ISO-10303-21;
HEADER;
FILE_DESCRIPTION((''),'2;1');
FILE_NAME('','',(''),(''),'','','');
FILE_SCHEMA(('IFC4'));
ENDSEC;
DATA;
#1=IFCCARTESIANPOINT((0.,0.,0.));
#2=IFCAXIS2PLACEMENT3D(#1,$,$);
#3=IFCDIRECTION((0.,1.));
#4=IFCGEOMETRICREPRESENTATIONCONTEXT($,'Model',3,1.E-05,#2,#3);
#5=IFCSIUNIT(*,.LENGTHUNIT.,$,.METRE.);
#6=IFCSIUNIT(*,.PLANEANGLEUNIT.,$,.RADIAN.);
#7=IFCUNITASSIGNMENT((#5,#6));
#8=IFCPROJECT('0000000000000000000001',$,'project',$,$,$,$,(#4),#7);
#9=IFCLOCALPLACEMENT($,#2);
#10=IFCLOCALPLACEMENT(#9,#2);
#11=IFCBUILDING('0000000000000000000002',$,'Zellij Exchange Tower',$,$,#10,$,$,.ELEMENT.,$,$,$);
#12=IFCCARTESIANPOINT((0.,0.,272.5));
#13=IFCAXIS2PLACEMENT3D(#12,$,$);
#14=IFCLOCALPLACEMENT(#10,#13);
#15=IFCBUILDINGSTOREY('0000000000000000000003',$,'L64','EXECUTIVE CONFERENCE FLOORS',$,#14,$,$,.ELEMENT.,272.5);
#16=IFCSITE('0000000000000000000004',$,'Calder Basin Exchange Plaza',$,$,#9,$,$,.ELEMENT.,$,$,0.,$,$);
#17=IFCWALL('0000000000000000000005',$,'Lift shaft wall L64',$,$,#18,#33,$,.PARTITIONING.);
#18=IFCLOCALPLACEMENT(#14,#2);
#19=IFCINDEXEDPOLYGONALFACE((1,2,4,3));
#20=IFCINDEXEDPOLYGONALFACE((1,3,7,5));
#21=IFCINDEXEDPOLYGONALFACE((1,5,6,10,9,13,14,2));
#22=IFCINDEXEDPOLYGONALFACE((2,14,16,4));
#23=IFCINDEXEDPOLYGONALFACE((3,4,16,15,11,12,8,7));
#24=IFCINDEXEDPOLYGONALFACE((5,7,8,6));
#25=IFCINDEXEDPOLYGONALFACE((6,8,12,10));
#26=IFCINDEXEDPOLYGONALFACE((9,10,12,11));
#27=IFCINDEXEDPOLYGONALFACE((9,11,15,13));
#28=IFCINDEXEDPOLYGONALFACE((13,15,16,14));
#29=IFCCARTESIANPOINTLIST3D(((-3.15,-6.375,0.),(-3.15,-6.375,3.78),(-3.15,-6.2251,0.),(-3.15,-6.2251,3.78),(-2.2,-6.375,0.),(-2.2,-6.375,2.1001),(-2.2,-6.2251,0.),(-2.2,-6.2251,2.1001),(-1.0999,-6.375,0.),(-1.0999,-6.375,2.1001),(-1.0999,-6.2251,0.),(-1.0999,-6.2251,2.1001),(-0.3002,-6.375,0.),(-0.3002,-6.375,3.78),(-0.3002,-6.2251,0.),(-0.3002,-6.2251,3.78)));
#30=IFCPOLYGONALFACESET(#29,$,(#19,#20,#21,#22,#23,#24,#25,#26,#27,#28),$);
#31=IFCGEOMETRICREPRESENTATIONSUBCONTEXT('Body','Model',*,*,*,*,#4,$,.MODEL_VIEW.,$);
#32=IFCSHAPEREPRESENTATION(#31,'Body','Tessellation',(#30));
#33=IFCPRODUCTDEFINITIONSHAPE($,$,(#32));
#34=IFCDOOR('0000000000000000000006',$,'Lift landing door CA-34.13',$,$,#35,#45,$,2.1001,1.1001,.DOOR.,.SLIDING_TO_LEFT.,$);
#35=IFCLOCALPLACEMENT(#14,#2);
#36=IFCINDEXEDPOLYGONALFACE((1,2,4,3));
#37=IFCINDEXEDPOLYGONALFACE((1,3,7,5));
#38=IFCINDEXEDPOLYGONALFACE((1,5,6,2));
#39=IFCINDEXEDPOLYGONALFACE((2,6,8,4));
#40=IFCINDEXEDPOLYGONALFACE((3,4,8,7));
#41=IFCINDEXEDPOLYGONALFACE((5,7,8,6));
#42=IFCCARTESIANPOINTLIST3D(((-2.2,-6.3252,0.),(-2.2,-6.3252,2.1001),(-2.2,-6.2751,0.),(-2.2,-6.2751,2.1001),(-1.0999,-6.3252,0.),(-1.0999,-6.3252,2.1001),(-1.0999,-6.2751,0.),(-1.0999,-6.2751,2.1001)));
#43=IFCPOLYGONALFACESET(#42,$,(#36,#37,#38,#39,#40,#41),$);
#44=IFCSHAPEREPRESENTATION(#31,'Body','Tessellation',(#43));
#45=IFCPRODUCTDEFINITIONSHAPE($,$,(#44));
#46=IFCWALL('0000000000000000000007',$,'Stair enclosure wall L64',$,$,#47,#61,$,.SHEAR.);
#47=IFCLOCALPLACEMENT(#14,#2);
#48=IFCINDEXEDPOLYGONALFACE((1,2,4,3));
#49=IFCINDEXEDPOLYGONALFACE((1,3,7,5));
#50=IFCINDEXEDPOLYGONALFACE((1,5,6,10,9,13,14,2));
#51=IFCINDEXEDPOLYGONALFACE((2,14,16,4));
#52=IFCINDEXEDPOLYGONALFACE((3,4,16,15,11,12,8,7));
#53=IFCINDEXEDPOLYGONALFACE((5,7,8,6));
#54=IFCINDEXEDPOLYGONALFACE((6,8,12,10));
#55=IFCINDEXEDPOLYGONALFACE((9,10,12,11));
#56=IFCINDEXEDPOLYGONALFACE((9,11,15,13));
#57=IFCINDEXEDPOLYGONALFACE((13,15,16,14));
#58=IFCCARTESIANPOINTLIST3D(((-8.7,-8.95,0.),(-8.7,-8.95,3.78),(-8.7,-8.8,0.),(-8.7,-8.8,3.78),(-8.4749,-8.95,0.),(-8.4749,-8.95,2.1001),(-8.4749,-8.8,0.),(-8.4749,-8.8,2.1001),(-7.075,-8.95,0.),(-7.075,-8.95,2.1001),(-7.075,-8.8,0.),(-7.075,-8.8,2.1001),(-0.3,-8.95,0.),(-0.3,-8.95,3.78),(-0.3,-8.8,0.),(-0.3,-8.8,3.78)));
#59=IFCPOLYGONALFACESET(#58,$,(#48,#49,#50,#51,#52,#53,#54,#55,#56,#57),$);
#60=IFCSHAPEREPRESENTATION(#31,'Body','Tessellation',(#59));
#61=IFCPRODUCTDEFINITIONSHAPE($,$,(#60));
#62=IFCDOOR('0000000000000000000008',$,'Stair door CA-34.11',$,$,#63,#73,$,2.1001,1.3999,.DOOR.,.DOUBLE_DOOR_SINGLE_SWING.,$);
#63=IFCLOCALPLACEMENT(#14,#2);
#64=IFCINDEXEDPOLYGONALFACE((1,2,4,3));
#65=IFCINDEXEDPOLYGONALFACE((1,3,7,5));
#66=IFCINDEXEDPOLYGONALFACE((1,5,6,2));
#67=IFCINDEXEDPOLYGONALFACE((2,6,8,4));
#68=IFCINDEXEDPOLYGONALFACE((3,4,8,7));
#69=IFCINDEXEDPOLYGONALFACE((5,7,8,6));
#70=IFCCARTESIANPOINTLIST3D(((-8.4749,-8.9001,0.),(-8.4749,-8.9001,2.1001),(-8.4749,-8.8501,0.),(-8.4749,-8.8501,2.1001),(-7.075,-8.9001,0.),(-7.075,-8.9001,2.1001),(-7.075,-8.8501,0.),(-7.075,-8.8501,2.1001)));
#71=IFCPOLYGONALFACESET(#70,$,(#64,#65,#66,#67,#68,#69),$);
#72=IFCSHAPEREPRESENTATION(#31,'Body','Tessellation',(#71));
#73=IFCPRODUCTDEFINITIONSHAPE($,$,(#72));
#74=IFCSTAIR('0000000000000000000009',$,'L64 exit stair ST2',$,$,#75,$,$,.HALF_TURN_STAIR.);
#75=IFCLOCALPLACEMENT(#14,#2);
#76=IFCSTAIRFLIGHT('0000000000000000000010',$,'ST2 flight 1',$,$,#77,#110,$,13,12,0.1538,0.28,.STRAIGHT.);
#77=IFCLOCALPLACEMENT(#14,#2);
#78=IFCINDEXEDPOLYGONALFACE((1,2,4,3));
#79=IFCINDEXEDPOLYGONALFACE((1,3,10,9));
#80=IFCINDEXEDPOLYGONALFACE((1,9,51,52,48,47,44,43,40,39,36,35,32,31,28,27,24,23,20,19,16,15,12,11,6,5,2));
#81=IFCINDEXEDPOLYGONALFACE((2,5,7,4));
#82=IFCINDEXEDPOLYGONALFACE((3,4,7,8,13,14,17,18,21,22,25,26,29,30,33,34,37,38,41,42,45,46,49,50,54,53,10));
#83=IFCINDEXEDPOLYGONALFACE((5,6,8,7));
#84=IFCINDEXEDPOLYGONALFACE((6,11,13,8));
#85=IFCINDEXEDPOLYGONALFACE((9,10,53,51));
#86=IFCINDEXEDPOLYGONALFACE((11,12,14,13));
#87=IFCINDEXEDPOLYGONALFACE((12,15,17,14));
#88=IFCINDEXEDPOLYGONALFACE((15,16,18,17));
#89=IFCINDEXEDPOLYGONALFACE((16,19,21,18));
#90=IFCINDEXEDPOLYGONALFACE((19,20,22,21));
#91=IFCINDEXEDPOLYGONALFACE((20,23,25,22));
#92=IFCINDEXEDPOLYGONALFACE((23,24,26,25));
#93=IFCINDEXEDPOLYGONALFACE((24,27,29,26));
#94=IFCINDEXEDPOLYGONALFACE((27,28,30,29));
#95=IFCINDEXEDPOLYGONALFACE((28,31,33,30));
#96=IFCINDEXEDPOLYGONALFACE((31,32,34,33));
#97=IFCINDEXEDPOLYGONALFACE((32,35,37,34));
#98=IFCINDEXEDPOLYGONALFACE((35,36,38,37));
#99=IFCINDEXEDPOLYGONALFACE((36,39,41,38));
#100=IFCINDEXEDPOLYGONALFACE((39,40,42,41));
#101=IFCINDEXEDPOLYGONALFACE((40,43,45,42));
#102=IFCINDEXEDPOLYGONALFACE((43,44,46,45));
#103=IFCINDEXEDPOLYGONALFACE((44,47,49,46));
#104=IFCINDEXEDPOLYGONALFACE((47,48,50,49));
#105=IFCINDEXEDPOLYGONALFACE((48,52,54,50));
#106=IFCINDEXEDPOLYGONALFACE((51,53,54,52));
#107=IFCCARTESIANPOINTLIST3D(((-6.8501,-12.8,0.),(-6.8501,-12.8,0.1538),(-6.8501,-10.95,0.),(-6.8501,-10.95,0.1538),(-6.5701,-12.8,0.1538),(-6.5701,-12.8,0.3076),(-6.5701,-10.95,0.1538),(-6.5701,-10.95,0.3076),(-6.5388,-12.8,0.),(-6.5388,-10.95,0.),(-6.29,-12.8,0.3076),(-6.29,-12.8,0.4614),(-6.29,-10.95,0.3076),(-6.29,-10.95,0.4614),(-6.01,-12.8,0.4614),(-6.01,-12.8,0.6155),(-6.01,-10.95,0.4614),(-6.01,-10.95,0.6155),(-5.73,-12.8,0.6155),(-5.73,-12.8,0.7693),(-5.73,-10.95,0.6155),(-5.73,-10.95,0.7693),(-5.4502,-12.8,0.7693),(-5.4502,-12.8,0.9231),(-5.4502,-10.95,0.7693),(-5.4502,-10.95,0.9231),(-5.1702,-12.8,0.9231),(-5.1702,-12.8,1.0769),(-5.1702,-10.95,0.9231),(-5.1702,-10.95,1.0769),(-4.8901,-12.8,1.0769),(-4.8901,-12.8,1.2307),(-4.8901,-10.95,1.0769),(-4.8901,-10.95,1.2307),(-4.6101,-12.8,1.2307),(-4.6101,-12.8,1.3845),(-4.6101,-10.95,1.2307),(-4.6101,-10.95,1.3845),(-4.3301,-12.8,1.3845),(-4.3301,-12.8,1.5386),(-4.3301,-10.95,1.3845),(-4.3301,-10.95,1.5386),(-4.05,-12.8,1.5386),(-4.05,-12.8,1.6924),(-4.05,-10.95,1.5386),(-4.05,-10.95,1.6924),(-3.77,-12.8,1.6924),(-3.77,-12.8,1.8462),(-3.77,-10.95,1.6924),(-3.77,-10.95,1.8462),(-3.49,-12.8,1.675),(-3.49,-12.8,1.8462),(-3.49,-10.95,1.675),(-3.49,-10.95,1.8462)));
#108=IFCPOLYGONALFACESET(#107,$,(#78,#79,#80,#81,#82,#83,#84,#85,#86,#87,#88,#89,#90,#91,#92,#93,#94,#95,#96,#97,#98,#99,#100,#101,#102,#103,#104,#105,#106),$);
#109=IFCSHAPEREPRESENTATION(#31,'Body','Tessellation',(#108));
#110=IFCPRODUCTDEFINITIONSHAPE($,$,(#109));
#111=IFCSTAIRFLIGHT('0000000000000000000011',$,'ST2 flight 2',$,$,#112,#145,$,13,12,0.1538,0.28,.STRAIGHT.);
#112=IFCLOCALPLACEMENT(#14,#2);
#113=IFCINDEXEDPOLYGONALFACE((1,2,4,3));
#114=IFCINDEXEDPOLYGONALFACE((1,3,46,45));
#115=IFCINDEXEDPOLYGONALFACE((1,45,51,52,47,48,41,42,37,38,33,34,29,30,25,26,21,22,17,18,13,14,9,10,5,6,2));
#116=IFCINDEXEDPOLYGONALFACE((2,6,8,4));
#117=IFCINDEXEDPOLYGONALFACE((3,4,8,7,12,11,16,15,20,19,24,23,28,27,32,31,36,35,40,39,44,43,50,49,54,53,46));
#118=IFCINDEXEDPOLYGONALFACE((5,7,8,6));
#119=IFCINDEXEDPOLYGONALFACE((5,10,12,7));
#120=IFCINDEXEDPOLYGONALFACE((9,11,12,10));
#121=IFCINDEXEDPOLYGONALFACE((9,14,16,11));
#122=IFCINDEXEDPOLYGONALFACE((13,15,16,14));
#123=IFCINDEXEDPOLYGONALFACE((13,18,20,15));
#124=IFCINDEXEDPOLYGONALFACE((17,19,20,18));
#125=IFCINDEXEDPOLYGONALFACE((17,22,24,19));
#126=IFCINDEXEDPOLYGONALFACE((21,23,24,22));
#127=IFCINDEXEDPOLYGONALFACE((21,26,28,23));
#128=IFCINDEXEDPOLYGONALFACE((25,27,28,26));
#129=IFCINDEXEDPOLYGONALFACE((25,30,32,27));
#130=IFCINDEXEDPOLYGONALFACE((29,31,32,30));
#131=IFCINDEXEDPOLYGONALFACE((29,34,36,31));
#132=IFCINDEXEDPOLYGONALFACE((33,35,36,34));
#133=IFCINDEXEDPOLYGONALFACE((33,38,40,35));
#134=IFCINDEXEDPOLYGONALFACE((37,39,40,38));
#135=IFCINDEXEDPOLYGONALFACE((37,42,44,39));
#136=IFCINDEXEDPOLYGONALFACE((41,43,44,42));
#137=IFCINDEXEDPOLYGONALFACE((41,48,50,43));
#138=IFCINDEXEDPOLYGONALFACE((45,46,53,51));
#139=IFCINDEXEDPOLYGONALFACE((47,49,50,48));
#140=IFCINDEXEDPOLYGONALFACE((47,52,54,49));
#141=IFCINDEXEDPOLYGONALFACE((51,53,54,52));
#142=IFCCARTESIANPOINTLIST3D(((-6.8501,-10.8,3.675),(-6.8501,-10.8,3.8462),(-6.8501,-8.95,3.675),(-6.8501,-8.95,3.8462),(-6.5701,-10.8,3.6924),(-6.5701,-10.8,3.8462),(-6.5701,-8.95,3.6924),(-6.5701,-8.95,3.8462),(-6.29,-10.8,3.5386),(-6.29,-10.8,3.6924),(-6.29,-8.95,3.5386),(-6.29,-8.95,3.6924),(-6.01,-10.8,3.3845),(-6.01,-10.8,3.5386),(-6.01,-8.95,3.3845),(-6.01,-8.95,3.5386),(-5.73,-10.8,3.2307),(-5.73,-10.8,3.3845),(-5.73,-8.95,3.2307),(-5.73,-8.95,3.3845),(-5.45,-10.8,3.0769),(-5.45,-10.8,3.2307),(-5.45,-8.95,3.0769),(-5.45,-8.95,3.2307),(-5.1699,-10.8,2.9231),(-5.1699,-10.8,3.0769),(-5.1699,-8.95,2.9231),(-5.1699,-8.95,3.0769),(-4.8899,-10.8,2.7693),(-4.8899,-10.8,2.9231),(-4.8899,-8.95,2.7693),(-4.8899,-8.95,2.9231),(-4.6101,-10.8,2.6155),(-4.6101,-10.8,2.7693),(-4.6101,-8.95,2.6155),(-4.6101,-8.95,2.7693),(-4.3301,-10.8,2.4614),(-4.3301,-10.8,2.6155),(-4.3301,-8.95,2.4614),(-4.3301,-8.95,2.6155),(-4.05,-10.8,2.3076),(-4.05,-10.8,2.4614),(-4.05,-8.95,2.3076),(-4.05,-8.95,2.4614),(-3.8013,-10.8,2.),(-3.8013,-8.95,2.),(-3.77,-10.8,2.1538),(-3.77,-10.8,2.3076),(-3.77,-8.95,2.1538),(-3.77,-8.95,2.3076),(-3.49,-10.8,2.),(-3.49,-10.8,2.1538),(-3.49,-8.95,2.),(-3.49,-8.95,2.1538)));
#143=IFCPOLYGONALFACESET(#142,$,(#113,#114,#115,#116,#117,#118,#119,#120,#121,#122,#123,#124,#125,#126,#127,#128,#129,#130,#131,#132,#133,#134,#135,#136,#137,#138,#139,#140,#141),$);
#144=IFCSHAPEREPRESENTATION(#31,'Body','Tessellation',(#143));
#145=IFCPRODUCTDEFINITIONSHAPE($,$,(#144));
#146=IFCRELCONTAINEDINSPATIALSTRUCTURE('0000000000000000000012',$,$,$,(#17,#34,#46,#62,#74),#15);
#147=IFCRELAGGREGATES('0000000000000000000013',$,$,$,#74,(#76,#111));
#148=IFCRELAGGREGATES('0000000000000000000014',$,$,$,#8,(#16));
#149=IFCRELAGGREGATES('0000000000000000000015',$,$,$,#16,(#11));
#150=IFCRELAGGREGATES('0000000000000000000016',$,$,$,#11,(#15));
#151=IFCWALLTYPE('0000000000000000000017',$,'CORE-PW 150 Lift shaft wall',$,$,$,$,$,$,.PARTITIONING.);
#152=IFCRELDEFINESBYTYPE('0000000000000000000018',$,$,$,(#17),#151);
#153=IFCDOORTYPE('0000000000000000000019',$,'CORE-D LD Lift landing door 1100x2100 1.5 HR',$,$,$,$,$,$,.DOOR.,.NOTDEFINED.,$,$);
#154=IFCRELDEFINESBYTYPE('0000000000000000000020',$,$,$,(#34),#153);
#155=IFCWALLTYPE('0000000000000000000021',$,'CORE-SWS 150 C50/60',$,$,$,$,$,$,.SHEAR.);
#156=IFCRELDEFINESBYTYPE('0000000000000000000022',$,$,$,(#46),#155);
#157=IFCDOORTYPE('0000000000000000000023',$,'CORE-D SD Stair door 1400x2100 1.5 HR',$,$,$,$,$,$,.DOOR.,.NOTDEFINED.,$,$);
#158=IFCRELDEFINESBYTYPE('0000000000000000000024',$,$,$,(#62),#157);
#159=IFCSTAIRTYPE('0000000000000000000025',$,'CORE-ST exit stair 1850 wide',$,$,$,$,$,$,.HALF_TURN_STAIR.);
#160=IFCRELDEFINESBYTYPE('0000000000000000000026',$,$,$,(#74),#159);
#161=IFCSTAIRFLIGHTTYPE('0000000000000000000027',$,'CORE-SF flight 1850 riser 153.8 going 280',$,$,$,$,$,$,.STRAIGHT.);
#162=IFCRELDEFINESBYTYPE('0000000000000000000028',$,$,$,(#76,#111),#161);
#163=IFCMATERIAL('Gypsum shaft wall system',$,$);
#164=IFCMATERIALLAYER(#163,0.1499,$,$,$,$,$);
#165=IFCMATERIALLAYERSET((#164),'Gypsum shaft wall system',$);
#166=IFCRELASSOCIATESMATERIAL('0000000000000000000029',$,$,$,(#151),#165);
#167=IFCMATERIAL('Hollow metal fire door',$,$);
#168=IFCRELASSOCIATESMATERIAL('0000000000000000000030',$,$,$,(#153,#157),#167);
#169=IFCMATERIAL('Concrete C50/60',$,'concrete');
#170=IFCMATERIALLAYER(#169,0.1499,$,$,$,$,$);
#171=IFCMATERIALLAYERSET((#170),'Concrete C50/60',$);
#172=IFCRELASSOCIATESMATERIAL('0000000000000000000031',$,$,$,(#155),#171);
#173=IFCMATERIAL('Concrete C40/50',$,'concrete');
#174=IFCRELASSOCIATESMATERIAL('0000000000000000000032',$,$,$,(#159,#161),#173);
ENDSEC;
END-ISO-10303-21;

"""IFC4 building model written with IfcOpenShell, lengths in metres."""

from ifc_helpers import new_model, si_unit, direction, frame, frame_2d, origin, place, context, subcontext, project, spatial, polyline, rectangle, outline, extrude, material, layer, layer_set, type_object, element, fill, aggregate, save


model = new_model("IFC4")

# Units and contexts
model_context = context("Model", 3, precision=1e-05, world=origin(), true_north=direction((0.0, 1.0)))
body_context = subcontext(model_context, "Body", "Model", "MODEL_VIEW")
ifc_project = project(units=[si_unit("LENGTHUNIT", "METRE"), si_unit("PLANEANGLEUNIT", "RADIAN")], contexts=[model_context])

# Site, building, storey
site_placement = place(None, origin())
site = spatial("IfcSite", under=ifc_project, at=site_placement, Name="Calder Basin Exchange Plaza", CompositionType="ELEMENT", RefElevation=0.0)
building_placement = place(site_placement, origin())
building = spatial("IfcBuilding", under=site, at=building_placement, Name="Zellij Exchange Tower", CompositionType="ELEMENT")
storey_placement = place(building_placement, frame((0.0, 0.0, 272.5)))
storey = spatial("IfcBuildingStorey", under=building, at=storey_placement, Name="L64", Description="EXECUTIVE CONFERENCE FLOORS", CompositionType="ELEMENT", Elevation=272.5)

# Shared definitions
ifc_material_1 = material(Name="Concrete C40/50", Category="concrete")

# Shared definitions
ifc_material_2 = material(Name="Concrete C50/60", Category="concrete")

# Shared definitions
ifc_material_3 = material(Name="Gypsum shaft wall system")
ifc_material_4 = material(Name="Hollow metal fire door")

# Shared definitions
ifc_layer_1 = layer(ifc_material_3, 0.1499)
ifc_layer_set_1 = layer_set([ifc_layer_1], Name="Gypsum shaft wall system")
wall_type_1 = type_object("IfcWallType", Name="CORE-PW 150 Lift shaft wall", PredefinedType="PARTITIONING", material=ifc_layer_set_1)

# Walls, openings, doors
wall_1_placement = place(storey_placement, frame((-3.1499, -6.3, 0.0), z_axis=(0.0, 0.0, 1.0), x_axis=(1.0, 0.0, 0.0)))
wall_1 = element("IfcWall", 1, at=wall_1_placement, inside=storey, type_object=wall_type_1, Name="Lift shaft wall L64", PredefinedType="PARTITIONING", context=body_context, shape_type="SweptSolid", body=[
    extrude(rectangle(XDim=2.8499, YDim=0.1499, at=frame_2d((1.4248, 0.0))), origin(), (0.0, 0.0, 1.0), 3.78),
])
opening_1_placement = place(wall_1_placement, frame((0.95, 0.0, 0.0)))
opening_1 = element("IfcOpeningElement", 2, at=opening_1_placement, cuts=wall_1, PredefinedType="OPENING", context=body_context, shape_type="SweptSolid", body=[
    extrude(rectangle(XDim=1.1001, YDim=2.1001, at=frame_2d((0.55, 1.05))), frame((0.0, 0.0869, 0.0), z_axis=(0.0, -1.0, 0.0), x_axis=(1.0, 0.0, 0.0)), (0.0, 0.0, 1.0), 0.1738),
])
door_type_1 = type_object("IfcDoorType", Name="CORE-D LD Lift landing door 1100x2100 1.5 HR", OperationType="NOTDEFINED", PredefinedType="DOOR", material=ifc_material_4)
door_1_placement = place(opening_1_placement, origin())
door_1 = element("IfcDoor", 3, at=door_1_placement, inside=storey, type_object=door_type_1, Name="Lift landing door CA-34.13", OperationType="SLIDING_TO_LEFT", OverallHeight=2.1001, OverallWidth=1.1001, PredefinedType="DOOR", context=body_context, shape_type="SweptSolid", body=[
    extrude(rectangle(XDim=1.1001, YDim=2.1001, at=frame_2d((0.55, 1.05))), frame((0.0, 0.0249, 0.0), z_axis=(0.0, -1.0, 0.0), x_axis=(1.0, 0.0, 0.0)), (0.0, 0.0, 1.0), 0.05),
])
fill(opening_1, door_1)
ifc_layer_2 = layer(ifc_material_2, 0.1499)
ifc_layer_set_2 = layer_set([ifc_layer_2], Name="Concrete C50/60")
wall_type_2 = type_object("IfcWallType", Name="CORE-SWS 150 C50/60", PredefinedType="SHEAR", material=ifc_layer_set_2)
wall_2_placement = place(storey_placement, frame((-8.7, -8.875, 0.0), z_axis=(0.0, 0.0, 1.0), x_axis=(1.0, 0.0, 0.0)))
wall_2 = element("IfcWall", 4, at=wall_2_placement, inside=storey, type_object=wall_type_2, Name="Stair enclosure wall L64", PredefinedType="SHEAR", context=body_context, shape_type="SweptSolid", body=[
    extrude(rectangle(XDim=8.3999, YDim=0.1499, at=frame_2d((4.2, 0.0))), origin(), (0.0, 0.0, 1.0), 3.78),
])
opening_2_placement = place(wall_2_placement, frame((0.2251, 0.0, 0.0)))
opening_2 = element("IfcOpeningElement", 5, at=opening_2_placement, cuts=wall_2, PredefinedType="OPENING", context=body_context, shape_type="SweptSolid", body=[
    extrude(rectangle(XDim=1.3999, YDim=2.1001, at=frame_2d((0.7, 1.05))), frame((0.0, 0.0869, 0.0), z_axis=(0.0, -1.0, 0.0), x_axis=(1.0, 0.0, 0.0)), (0.0, 0.0, 1.0), 0.1738),
])
door_type_2 = type_object("IfcDoorType", Name="CORE-D SD Stair door 1400x2100 1.5 HR", OperationType="NOTDEFINED", PredefinedType="DOOR", material=ifc_material_4)
door_2_placement = place(opening_2_placement, origin())
door_2 = element("IfcDoor", 6, at=door_2_placement, inside=storey, type_object=door_type_2, Name="Stair door CA-34.11", OperationType="DOUBLE_DOOR_SINGLE_SWING", OverallHeight=2.1001, OverallWidth=1.3999, PredefinedType="DOOR", context=body_context, shape_type="SweptSolid", body=[
    extrude(rectangle(XDim=1.3999, YDim=2.1001, at=frame_2d((0.7, 1.05))), frame((0.0, 0.0249, 0.0), z_axis=(0.0, -1.0, 0.0), x_axis=(1.0, 0.0, 0.0)), (0.0, 0.0, 1.0), 0.05),
])
fill(opening_2, door_2)

# Stair, stair flights
stair_type = type_object("IfcStairType", Name="CORE-ST exit stair 1850 wide", PredefinedType="HALF_TURN_STAIR", material=ifc_material_1)
stair_placement = place(storey_placement, origin())
stair = element("IfcStair", 7, at=stair_placement, inside=storey, type_object=stair_type, Name="L64 exit stair ST2", PredefinedType="HALF_TURN_STAIR")
stair_flight_type = type_object("IfcStairFlightType", Name="CORE-SF flight 1850 riser 153.8 going 280", PredefinedType="STRAIGHT", material=ifc_material_1)
stair_flight_1_placement = place(storey_placement, frame((-6.8501, -11.875, 0.0), z_axis=(0.0, 0.0, 1.0), x_axis=(1.0, 0.0, 0.0)))
stair_flight_1 = element("IfcStairFlight", 8, at=stair_flight_1_placement, type_object=stair_flight_type, Name="ST2 flight 1", NumberOfRisers=13, NumberOfTreads=12, PredefinedType="STRAIGHT", RiserHeight=0.1538, TreadLength=0.28, context=body_context, shape_type="SweptSolid", body=[
    extrude(outline(polyline([(0.0, 0.0), (0.0, 0.1538), (0.28, 0.1538), (0.28, 0.3076), (0.5601, 0.3076), (0.5601, 0.4614), (0.8401, 0.4614), (0.8401, 0.6155), (1.1201, 0.6155), (1.1201, 0.7693), (1.3999, 0.7693), (1.3999, 0.9231), (1.6799, 0.9231), (1.6799, 1.0769), (1.96, 1.0769), (1.96, 1.2307), (2.24, 1.2307), (2.24, 1.3845), (2.52, 1.3845), (2.52, 1.5386), (2.8, 1.5386), (2.8, 1.6924), (3.0801, 1.6924), (3.0801, 1.8462), (3.3601, 1.8462), (3.3601, 2.0), (3.3601, 1.675), (0.3113, 0.0), (0.0, 0.0)])), frame((0.0, 0.925, 0.0), z_axis=(0.0, -1.0, 0.0), x_axis=(1.0, 0.0, 0.0)), (0.0, 0.0, 1.0), 1.8501),
])
stair_flight_2_placement = place(storey_placement, frame((-3.49, -9.875, 2.0), z_axis=(0.0, 0.0, 1.0), x_axis=(-1.0, 0.0, 0.0)))
stair_flight_2 = element("IfcStairFlight", 9, at=stair_flight_2_placement, type_object=stair_flight_type, Name="ST2 flight 2", NumberOfRisers=13, NumberOfTreads=12, PredefinedType="STRAIGHT", RiserHeight=0.1538, TreadLength=0.28, context=body_context, shape_type="SweptSolid", body=[
    extrude(outline(polyline([(0.0, 0.0), (0.0, 0.1538), (0.28, 0.1538), (0.28, 0.3076), (0.5601, 0.3076), (0.5601, 0.4614), (0.8401, 0.4614), (0.8401, 0.6155), (1.1201, 0.6155), (1.1201, 0.7693), (1.3999, 0.7693), (1.3999, 0.9231), (1.6799, 0.9231), (1.6799, 1.0769), (1.96, 1.0769), (1.96, 1.2307), (2.24, 1.2307), (2.24, 1.3845), (2.52, 1.3845), (2.52, 1.5386), (2.8, 1.5386), (2.8, 1.6924), (3.0801, 1.6924), (3.0801, 1.8462), (3.3601, 1.8462), (3.3601, 2.0), (3.3601, 1.675), (0.3113, 0.0), (0.0, 0.0)])), frame((0.0, 0.925, 0.0), z_axis=(0.0, -1.0, 0.0), x_axis=(1.0, 0.0, 0.0)), (0.0, 0.0, 1.0), 1.8501),
])
aggregate(stair, [stair_flight_1, stair_flight_2])

save(model, "model.ifc")
